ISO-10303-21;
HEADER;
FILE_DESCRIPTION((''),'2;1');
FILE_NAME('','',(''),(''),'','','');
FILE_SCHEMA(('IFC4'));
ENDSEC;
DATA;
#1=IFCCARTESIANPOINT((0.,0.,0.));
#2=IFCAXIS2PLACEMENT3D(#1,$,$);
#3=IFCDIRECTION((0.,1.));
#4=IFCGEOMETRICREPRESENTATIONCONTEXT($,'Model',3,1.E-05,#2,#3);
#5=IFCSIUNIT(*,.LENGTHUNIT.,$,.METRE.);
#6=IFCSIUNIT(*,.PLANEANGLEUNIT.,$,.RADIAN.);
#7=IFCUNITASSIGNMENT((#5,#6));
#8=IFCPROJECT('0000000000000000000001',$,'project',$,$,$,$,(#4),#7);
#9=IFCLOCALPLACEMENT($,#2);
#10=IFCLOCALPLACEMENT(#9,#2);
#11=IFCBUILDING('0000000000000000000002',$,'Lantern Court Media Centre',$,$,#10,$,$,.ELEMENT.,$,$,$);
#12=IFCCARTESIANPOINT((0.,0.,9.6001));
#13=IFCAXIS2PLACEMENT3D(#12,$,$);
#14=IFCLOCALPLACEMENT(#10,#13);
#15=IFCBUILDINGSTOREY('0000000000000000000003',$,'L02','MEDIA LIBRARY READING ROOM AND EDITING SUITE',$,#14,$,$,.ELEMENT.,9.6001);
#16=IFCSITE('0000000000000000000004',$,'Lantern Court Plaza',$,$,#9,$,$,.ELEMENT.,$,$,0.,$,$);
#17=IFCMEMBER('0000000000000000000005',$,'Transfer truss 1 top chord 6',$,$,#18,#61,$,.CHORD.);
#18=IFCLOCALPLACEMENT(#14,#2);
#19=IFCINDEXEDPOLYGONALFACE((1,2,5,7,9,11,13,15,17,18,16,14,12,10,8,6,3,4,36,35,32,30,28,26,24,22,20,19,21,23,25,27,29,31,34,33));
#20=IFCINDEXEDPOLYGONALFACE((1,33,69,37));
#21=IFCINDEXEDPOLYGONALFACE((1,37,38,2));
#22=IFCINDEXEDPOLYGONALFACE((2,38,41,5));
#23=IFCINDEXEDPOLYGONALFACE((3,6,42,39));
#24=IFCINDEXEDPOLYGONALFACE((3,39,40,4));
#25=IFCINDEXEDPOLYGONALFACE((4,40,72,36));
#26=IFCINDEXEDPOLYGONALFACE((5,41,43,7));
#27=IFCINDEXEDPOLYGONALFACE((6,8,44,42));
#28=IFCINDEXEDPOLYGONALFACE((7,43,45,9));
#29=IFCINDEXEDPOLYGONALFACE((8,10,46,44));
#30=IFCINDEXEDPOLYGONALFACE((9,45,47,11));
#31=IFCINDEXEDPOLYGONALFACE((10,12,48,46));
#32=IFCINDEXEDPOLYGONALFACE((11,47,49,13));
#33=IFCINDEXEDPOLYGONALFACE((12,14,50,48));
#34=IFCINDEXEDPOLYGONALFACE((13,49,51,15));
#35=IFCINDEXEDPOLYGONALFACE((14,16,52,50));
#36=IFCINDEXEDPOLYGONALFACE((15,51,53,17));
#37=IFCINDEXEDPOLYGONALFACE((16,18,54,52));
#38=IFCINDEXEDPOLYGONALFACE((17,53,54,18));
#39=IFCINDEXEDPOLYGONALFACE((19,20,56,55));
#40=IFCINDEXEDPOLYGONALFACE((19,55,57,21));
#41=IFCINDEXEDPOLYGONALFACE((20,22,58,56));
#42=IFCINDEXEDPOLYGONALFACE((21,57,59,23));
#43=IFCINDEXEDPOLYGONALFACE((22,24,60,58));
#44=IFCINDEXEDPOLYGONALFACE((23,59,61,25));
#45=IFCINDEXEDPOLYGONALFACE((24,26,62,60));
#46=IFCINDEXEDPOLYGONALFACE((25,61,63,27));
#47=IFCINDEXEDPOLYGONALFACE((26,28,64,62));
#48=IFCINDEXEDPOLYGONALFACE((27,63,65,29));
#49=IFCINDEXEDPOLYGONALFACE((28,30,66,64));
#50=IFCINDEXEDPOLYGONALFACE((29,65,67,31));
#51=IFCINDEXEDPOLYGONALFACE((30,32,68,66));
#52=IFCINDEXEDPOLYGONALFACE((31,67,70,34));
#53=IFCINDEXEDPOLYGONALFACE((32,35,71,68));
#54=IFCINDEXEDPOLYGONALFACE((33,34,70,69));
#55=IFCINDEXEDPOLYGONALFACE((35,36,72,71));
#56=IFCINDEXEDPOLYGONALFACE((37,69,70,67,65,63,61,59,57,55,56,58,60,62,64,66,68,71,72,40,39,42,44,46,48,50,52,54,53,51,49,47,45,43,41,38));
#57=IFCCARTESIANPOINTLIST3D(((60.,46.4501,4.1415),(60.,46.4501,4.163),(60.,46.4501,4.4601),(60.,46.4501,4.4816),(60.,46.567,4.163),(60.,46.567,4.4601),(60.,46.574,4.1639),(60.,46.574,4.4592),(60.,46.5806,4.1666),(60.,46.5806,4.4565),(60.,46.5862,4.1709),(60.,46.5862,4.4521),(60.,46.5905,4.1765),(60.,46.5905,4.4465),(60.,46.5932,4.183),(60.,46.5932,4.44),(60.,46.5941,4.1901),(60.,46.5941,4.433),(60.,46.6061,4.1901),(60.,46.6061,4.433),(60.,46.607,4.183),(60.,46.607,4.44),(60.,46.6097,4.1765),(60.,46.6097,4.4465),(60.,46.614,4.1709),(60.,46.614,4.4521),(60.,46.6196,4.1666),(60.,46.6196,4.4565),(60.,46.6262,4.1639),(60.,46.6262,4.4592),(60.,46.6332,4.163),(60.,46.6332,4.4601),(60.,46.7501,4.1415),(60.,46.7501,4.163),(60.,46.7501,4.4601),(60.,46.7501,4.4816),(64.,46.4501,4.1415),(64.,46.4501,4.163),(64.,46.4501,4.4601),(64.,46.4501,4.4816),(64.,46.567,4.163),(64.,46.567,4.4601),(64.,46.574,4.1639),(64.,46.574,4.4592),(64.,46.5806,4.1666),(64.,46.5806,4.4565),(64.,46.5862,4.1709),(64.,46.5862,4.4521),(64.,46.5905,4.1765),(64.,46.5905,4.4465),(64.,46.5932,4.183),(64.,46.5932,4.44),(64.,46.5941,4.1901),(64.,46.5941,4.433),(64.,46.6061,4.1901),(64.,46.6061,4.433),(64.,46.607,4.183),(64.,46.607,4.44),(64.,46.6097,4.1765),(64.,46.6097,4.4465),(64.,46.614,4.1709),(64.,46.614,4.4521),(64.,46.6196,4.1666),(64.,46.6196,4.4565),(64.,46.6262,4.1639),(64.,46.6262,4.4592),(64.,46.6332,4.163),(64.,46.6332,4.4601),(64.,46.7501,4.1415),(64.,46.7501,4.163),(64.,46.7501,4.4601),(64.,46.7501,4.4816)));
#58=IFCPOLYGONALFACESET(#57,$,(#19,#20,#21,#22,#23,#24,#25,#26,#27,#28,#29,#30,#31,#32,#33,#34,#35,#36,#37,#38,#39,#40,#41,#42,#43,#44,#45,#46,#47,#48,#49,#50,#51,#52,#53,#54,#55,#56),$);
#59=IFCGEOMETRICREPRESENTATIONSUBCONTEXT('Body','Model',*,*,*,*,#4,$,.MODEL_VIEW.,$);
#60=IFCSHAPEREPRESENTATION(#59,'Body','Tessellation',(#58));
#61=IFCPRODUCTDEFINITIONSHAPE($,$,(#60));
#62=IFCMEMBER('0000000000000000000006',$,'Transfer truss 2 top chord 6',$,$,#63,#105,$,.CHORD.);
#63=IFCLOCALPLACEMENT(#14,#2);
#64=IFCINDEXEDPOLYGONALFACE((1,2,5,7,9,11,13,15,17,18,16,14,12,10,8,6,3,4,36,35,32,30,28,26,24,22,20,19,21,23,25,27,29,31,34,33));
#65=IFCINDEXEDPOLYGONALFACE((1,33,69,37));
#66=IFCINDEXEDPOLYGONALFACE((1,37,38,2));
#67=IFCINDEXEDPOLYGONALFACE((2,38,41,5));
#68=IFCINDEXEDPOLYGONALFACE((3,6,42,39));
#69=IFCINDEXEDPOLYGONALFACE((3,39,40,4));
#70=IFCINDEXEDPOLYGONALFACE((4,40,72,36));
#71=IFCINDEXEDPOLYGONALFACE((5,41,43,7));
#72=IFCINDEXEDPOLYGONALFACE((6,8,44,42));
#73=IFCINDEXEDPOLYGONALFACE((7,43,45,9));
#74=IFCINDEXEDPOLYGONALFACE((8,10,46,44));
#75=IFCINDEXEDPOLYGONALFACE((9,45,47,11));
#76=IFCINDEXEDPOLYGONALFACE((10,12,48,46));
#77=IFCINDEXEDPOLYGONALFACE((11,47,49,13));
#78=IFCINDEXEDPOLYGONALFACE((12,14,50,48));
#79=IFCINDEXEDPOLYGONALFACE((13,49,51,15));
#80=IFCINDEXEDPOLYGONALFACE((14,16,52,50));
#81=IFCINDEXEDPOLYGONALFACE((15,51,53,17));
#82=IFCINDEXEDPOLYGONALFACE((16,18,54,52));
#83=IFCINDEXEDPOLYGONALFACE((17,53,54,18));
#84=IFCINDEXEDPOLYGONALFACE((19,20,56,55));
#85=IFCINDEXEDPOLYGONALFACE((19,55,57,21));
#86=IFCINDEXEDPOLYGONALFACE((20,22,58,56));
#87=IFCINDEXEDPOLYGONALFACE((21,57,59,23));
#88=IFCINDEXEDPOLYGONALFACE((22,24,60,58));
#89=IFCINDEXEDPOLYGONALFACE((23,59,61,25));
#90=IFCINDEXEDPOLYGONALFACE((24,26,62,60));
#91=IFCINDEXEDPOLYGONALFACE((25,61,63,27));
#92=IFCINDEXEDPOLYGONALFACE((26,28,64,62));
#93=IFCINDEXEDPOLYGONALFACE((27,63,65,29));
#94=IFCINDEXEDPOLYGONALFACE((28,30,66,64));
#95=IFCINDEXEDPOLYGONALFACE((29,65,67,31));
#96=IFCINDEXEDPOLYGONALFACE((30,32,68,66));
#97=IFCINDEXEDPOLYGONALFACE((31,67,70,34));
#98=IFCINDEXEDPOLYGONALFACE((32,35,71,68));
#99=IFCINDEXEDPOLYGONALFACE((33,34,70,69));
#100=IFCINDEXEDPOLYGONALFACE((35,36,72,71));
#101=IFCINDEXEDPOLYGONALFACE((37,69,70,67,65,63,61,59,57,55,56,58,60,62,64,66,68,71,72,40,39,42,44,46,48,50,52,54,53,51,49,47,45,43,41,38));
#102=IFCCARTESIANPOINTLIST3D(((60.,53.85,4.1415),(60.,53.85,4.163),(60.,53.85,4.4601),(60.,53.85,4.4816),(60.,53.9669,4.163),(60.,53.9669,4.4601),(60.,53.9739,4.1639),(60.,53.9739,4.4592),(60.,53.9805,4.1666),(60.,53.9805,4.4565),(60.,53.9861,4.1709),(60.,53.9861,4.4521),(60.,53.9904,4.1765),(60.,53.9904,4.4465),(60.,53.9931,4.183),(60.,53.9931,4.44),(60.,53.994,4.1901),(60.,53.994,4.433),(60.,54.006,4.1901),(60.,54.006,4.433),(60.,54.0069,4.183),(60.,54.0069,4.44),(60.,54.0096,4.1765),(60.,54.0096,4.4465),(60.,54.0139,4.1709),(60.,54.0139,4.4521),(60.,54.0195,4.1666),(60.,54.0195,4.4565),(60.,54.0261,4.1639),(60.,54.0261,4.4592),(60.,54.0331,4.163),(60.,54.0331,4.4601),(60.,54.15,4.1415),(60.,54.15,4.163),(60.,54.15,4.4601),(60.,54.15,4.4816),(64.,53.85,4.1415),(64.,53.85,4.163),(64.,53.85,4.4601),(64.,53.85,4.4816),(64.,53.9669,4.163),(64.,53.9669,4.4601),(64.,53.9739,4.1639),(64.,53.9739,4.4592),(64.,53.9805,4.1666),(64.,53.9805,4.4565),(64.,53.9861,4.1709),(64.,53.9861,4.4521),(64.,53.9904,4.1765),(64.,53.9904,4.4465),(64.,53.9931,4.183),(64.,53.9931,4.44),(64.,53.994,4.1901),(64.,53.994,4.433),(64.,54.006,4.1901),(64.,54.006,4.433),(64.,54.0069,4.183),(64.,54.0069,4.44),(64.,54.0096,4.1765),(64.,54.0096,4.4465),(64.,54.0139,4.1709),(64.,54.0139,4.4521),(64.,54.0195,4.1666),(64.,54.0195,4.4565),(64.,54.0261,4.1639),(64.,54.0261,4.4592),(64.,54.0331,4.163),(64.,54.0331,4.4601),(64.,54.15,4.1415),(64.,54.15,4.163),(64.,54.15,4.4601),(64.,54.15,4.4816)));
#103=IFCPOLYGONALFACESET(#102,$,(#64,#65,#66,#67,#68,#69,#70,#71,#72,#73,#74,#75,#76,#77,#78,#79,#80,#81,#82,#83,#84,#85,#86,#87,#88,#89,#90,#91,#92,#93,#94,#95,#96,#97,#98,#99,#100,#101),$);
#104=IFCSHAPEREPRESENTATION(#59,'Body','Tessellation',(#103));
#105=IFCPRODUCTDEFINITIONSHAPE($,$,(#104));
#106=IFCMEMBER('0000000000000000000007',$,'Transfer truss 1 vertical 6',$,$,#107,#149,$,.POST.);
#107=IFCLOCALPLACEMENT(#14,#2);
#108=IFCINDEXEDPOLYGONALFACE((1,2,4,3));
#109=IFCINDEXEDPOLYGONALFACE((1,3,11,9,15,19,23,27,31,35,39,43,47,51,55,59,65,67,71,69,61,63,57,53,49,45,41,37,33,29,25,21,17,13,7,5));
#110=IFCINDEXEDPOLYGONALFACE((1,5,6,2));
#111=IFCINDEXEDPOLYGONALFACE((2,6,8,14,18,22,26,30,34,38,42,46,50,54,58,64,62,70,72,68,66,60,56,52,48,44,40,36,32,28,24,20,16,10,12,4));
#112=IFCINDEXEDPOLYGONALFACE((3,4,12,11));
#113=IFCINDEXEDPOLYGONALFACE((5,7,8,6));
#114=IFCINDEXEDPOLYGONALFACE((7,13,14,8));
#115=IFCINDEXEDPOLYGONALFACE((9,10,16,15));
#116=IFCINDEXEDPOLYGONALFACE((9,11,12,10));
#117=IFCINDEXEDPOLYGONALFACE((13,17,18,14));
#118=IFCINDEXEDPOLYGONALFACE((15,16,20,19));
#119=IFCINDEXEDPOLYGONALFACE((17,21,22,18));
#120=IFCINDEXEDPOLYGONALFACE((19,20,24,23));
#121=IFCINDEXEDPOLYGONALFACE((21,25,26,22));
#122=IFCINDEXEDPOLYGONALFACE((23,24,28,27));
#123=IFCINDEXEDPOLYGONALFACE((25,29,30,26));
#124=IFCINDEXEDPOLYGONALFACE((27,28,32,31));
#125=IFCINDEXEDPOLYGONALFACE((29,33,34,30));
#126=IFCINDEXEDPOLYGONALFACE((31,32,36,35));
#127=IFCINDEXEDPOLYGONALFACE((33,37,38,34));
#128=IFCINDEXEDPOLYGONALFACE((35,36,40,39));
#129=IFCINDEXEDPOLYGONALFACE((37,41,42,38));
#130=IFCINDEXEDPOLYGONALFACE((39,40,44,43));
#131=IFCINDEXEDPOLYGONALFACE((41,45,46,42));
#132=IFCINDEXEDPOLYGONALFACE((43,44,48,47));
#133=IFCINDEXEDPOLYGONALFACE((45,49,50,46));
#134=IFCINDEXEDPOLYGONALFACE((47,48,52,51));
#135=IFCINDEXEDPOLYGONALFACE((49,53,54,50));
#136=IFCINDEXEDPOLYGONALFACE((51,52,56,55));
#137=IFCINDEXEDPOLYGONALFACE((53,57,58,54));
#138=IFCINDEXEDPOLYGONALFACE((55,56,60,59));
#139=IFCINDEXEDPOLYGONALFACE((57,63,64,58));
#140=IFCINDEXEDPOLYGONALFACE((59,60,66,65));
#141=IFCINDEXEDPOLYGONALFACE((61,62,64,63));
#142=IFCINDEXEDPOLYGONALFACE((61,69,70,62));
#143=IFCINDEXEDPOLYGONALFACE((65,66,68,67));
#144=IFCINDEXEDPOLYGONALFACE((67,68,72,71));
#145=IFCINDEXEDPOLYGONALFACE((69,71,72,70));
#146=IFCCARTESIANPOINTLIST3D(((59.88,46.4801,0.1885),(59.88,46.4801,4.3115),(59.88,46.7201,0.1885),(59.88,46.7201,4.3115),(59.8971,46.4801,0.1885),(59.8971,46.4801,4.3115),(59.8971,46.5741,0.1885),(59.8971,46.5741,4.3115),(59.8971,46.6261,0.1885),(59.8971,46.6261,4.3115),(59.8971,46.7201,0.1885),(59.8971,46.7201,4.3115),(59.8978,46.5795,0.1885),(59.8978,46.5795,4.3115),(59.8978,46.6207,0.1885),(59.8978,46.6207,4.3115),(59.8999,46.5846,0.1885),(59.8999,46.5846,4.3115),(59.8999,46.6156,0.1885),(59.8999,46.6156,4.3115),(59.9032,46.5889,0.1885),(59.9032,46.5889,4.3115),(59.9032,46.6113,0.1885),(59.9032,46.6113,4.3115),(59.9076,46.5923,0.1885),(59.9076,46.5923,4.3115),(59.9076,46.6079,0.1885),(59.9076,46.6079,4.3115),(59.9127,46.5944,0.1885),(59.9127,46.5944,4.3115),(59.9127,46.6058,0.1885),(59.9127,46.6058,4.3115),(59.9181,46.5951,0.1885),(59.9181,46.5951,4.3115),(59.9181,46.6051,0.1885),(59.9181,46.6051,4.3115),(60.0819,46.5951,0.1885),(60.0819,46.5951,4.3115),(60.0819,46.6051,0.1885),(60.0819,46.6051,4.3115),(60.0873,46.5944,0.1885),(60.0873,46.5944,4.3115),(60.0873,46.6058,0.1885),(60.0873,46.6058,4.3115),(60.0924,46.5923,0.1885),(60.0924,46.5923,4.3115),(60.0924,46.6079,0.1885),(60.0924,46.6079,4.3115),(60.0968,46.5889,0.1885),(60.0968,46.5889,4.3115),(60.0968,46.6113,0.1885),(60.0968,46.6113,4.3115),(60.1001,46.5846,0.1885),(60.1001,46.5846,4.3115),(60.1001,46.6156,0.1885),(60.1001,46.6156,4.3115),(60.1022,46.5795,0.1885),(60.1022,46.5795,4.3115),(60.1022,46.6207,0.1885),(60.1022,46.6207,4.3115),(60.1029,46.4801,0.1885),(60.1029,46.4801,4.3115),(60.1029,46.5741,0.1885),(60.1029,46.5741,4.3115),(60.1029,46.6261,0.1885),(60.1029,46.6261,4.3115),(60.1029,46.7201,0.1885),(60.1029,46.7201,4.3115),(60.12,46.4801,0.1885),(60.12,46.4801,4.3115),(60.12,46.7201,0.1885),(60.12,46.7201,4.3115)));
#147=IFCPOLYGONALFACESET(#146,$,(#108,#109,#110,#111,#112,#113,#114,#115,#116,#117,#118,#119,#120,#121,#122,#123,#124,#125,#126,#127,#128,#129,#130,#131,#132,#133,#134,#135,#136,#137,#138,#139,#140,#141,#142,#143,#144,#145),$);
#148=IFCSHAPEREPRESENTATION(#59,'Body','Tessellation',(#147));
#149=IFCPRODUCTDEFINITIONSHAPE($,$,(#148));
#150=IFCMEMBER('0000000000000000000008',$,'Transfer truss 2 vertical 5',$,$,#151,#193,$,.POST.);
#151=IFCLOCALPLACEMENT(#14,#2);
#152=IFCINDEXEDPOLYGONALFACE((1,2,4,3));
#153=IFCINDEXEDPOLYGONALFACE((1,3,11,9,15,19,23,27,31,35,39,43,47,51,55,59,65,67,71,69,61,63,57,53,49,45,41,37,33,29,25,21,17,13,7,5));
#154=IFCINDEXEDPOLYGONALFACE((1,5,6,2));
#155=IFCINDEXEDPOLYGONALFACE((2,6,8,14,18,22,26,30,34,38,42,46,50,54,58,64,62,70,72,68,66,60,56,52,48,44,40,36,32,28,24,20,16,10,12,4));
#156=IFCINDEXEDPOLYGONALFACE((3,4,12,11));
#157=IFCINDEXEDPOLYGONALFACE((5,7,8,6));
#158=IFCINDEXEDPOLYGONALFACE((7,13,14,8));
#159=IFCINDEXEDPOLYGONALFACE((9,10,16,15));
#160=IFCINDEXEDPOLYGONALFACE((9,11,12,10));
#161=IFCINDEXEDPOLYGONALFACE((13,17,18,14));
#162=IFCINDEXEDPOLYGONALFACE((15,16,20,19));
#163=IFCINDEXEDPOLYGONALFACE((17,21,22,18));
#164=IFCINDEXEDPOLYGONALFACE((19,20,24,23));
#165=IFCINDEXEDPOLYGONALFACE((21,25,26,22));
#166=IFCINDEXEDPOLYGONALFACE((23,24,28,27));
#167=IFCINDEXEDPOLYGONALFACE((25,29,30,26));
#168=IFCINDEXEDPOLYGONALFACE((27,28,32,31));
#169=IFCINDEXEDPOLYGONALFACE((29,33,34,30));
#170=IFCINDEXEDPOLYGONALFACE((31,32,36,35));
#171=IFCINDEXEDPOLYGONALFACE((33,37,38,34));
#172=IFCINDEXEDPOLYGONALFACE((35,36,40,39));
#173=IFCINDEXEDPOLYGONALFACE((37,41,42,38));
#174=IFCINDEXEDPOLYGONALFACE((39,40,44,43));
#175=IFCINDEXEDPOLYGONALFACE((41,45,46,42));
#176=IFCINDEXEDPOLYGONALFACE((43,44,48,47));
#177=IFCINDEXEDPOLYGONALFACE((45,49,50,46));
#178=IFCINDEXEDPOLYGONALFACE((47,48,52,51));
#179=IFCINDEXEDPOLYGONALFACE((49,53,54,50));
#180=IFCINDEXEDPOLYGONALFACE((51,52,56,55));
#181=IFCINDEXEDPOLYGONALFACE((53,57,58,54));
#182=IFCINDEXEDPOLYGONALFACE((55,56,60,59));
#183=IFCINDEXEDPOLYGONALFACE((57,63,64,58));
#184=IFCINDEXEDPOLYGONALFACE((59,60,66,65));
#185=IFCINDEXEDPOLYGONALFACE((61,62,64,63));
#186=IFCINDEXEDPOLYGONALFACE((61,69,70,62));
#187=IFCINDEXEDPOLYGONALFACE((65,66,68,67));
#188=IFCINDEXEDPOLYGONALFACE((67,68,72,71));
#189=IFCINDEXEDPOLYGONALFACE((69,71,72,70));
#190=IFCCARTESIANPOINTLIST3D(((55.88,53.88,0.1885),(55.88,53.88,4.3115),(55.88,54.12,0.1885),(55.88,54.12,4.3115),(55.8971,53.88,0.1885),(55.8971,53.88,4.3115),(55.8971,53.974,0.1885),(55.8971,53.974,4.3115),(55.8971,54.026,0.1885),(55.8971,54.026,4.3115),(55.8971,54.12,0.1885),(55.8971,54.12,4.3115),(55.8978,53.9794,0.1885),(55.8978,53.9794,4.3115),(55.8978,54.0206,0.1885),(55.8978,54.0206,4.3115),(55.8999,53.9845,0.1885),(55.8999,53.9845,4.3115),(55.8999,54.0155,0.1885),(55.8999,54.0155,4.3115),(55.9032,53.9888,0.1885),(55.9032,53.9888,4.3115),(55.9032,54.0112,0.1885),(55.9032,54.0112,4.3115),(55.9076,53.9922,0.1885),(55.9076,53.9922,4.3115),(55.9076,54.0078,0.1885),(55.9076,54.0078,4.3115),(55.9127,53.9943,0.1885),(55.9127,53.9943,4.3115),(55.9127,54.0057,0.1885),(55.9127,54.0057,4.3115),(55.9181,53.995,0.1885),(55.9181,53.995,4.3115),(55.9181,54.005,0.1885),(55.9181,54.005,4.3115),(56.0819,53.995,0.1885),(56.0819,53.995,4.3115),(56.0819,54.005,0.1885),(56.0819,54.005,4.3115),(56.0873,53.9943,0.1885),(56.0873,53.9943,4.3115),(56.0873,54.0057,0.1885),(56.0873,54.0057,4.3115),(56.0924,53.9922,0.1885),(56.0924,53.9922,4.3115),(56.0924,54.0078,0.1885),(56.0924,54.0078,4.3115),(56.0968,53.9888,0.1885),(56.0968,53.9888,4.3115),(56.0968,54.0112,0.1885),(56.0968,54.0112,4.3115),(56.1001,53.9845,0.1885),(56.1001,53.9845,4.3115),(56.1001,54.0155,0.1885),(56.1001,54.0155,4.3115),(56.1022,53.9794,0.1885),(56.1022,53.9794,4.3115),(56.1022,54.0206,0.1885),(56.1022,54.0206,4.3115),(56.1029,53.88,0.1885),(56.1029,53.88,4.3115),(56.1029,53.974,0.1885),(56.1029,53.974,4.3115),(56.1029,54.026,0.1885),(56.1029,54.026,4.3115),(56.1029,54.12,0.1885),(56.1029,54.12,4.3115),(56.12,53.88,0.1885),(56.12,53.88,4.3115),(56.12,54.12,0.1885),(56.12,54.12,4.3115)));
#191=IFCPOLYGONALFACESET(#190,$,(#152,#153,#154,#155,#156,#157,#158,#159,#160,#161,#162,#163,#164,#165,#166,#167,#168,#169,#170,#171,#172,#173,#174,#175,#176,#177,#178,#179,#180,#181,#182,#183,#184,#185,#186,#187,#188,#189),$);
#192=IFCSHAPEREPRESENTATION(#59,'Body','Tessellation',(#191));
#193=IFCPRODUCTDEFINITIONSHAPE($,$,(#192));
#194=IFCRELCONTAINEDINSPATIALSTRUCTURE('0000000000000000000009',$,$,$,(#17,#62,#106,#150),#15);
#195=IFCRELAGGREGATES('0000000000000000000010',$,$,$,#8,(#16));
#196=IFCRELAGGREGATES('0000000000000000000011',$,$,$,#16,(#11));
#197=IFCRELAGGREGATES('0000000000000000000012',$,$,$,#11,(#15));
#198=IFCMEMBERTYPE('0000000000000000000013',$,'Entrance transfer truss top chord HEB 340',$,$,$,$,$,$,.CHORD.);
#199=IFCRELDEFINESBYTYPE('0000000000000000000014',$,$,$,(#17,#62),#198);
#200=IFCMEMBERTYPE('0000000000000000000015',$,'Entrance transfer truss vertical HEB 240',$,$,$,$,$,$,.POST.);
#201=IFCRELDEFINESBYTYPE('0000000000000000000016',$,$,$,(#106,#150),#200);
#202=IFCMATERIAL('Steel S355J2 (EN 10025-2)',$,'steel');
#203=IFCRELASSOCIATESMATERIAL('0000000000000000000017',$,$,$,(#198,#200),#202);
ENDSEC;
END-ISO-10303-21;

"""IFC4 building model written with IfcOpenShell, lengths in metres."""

from ifc_helpers import new_model, si_unit, direction, frame, origin, origin_2d, place, context, subcontext, project, spatial, i_section, extrude, material, material_profile, profile_set, type_object, element, save


model = new_model("IFC4")

# Units and contexts
model_context = context("Model", 3, precision=1e-05, world=origin(), true_north=direction((0.0, 1.0)))
body_context = subcontext(model_context, "Body", "Model", "MODEL_VIEW")
ifc_project = project(units=[si_unit("LENGTHUNIT", "METRE"), si_unit("PLANEANGLEUNIT", "RADIAN")], contexts=[model_context])

# Site, building, storey
site_placement = place(None, origin())
site = spatial("IfcSite", under=ifc_project, at=site_placement, Name="Lantern Court Plaza", CompositionType="ELEMENT", RefElevation=0.0)
building_placement = place(site_placement, origin())
building = spatial("IfcBuilding", under=site, at=building_placement, Name="Lantern Court Media Centre", CompositionType="ELEMENT")
storey_placement = place(building_placement, frame((0.0, 0.0, 9.6001)))
storey = spatial("IfcBuildingStorey", under=building, at=storey_placement, Name="L02", Description="MEDIA LIBRARY READING ROOM AND EDITING SUITE", CompositionType="ELEMENT", Elevation=9.6001)

# Members
ifc_material_1 = material(Name="Steel S355J2 (EN 10025-2)", Category="steel")
ifc_material_profile_1 = material_profile(ifc_material_1, i_section(OverallWidth=0.3, OverallDepth=0.3401, WebThickness=0.012, FlangeThickness=0.0215, FilletRadius=0.0271, at=origin_2d()), Name="HEB 340")
ifc_profile_set_1 = profile_set([ifc_material_profile_1], Name="Steel S355J2 (EN 10025-2)")
member_type_1 = type_object("IfcMemberType", Name="Entrance transfer truss top chord HEB 340", PredefinedType="CHORD", material=ifc_profile_set_1)
for number, where, z_axis, x_axis, name in (
    (1, (60.0, 46.6001, 4.3115), (1.0, 0.0, 0.0), (0.0, 1.0, 0.0), "Transfer truss 1 top chord 6"),
    (2, (60.0, 54.0, 4.3115), (1.0, 0.0, 0.0), (0.0, 1.0, 0.0), "Transfer truss 2 top chord 6"),
):
    element("IfcMember", number, at=place(storey_placement, frame(where, z_axis=z_axis, x_axis=x_axis)), inside=storey, type_object=member_type_1, Name=name, PredefinedType="CHORD", context=body_context, shape_type="SweptSolid", body=[
        extrude(i_section(OverallWidth=0.3, OverallDepth=0.3401, WebThickness=0.012, FlangeThickness=0.0215, FilletRadius=0.0271, at=origin_2d()), origin(), (0.0, 0.0, 1.0), 4.0),
    ])
ifc_material_profile_2 = material_profile(ifc_material_1, i_section(OverallWidth=0.24, OverallDepth=0.24, WebThickness=0.01, FlangeThickness=0.0171, FilletRadius=0.021, at=origin_2d()), Name="HEB 240")
ifc_profile_set_2 = profile_set([ifc_material_profile_2], Name="Steel S355J2 (EN 10025-2)")
member_type_2 = type_object("IfcMemberType", Name="Entrance transfer truss vertical HEB 240", PredefinedType="POST", material=ifc_profile_set_2)
for number, where, z_axis, x_axis, name in (
    (3, (60.0, 46.6001, 0.1885), (0.0, 0.0, 1.0), (0.0, 1.0, 0.0), "Transfer truss 1 vertical 6"),
    (4, (56.0, 54.0, 0.1885), (0.0, 0.0, 1.0), (0.0, 1.0, 0.0), "Transfer truss 2 vertical 5"),
):
    element("IfcMember", number, at=place(storey_placement, frame(where, z_axis=z_axis, x_axis=x_axis)), inside=storey, type_object=member_type_2, Name=name, PredefinedType="POST", context=body_context, shape_type="SweptSolid", body=[
        extrude(i_section(OverallWidth=0.24, OverallDepth=0.24, WebThickness=0.01, FlangeThickness=0.0171, FilletRadius=0.021, at=origin_2d()), origin(), (0.0, 0.0, 1.0), 4.123),
    ])

save(model, "model.ifc")
